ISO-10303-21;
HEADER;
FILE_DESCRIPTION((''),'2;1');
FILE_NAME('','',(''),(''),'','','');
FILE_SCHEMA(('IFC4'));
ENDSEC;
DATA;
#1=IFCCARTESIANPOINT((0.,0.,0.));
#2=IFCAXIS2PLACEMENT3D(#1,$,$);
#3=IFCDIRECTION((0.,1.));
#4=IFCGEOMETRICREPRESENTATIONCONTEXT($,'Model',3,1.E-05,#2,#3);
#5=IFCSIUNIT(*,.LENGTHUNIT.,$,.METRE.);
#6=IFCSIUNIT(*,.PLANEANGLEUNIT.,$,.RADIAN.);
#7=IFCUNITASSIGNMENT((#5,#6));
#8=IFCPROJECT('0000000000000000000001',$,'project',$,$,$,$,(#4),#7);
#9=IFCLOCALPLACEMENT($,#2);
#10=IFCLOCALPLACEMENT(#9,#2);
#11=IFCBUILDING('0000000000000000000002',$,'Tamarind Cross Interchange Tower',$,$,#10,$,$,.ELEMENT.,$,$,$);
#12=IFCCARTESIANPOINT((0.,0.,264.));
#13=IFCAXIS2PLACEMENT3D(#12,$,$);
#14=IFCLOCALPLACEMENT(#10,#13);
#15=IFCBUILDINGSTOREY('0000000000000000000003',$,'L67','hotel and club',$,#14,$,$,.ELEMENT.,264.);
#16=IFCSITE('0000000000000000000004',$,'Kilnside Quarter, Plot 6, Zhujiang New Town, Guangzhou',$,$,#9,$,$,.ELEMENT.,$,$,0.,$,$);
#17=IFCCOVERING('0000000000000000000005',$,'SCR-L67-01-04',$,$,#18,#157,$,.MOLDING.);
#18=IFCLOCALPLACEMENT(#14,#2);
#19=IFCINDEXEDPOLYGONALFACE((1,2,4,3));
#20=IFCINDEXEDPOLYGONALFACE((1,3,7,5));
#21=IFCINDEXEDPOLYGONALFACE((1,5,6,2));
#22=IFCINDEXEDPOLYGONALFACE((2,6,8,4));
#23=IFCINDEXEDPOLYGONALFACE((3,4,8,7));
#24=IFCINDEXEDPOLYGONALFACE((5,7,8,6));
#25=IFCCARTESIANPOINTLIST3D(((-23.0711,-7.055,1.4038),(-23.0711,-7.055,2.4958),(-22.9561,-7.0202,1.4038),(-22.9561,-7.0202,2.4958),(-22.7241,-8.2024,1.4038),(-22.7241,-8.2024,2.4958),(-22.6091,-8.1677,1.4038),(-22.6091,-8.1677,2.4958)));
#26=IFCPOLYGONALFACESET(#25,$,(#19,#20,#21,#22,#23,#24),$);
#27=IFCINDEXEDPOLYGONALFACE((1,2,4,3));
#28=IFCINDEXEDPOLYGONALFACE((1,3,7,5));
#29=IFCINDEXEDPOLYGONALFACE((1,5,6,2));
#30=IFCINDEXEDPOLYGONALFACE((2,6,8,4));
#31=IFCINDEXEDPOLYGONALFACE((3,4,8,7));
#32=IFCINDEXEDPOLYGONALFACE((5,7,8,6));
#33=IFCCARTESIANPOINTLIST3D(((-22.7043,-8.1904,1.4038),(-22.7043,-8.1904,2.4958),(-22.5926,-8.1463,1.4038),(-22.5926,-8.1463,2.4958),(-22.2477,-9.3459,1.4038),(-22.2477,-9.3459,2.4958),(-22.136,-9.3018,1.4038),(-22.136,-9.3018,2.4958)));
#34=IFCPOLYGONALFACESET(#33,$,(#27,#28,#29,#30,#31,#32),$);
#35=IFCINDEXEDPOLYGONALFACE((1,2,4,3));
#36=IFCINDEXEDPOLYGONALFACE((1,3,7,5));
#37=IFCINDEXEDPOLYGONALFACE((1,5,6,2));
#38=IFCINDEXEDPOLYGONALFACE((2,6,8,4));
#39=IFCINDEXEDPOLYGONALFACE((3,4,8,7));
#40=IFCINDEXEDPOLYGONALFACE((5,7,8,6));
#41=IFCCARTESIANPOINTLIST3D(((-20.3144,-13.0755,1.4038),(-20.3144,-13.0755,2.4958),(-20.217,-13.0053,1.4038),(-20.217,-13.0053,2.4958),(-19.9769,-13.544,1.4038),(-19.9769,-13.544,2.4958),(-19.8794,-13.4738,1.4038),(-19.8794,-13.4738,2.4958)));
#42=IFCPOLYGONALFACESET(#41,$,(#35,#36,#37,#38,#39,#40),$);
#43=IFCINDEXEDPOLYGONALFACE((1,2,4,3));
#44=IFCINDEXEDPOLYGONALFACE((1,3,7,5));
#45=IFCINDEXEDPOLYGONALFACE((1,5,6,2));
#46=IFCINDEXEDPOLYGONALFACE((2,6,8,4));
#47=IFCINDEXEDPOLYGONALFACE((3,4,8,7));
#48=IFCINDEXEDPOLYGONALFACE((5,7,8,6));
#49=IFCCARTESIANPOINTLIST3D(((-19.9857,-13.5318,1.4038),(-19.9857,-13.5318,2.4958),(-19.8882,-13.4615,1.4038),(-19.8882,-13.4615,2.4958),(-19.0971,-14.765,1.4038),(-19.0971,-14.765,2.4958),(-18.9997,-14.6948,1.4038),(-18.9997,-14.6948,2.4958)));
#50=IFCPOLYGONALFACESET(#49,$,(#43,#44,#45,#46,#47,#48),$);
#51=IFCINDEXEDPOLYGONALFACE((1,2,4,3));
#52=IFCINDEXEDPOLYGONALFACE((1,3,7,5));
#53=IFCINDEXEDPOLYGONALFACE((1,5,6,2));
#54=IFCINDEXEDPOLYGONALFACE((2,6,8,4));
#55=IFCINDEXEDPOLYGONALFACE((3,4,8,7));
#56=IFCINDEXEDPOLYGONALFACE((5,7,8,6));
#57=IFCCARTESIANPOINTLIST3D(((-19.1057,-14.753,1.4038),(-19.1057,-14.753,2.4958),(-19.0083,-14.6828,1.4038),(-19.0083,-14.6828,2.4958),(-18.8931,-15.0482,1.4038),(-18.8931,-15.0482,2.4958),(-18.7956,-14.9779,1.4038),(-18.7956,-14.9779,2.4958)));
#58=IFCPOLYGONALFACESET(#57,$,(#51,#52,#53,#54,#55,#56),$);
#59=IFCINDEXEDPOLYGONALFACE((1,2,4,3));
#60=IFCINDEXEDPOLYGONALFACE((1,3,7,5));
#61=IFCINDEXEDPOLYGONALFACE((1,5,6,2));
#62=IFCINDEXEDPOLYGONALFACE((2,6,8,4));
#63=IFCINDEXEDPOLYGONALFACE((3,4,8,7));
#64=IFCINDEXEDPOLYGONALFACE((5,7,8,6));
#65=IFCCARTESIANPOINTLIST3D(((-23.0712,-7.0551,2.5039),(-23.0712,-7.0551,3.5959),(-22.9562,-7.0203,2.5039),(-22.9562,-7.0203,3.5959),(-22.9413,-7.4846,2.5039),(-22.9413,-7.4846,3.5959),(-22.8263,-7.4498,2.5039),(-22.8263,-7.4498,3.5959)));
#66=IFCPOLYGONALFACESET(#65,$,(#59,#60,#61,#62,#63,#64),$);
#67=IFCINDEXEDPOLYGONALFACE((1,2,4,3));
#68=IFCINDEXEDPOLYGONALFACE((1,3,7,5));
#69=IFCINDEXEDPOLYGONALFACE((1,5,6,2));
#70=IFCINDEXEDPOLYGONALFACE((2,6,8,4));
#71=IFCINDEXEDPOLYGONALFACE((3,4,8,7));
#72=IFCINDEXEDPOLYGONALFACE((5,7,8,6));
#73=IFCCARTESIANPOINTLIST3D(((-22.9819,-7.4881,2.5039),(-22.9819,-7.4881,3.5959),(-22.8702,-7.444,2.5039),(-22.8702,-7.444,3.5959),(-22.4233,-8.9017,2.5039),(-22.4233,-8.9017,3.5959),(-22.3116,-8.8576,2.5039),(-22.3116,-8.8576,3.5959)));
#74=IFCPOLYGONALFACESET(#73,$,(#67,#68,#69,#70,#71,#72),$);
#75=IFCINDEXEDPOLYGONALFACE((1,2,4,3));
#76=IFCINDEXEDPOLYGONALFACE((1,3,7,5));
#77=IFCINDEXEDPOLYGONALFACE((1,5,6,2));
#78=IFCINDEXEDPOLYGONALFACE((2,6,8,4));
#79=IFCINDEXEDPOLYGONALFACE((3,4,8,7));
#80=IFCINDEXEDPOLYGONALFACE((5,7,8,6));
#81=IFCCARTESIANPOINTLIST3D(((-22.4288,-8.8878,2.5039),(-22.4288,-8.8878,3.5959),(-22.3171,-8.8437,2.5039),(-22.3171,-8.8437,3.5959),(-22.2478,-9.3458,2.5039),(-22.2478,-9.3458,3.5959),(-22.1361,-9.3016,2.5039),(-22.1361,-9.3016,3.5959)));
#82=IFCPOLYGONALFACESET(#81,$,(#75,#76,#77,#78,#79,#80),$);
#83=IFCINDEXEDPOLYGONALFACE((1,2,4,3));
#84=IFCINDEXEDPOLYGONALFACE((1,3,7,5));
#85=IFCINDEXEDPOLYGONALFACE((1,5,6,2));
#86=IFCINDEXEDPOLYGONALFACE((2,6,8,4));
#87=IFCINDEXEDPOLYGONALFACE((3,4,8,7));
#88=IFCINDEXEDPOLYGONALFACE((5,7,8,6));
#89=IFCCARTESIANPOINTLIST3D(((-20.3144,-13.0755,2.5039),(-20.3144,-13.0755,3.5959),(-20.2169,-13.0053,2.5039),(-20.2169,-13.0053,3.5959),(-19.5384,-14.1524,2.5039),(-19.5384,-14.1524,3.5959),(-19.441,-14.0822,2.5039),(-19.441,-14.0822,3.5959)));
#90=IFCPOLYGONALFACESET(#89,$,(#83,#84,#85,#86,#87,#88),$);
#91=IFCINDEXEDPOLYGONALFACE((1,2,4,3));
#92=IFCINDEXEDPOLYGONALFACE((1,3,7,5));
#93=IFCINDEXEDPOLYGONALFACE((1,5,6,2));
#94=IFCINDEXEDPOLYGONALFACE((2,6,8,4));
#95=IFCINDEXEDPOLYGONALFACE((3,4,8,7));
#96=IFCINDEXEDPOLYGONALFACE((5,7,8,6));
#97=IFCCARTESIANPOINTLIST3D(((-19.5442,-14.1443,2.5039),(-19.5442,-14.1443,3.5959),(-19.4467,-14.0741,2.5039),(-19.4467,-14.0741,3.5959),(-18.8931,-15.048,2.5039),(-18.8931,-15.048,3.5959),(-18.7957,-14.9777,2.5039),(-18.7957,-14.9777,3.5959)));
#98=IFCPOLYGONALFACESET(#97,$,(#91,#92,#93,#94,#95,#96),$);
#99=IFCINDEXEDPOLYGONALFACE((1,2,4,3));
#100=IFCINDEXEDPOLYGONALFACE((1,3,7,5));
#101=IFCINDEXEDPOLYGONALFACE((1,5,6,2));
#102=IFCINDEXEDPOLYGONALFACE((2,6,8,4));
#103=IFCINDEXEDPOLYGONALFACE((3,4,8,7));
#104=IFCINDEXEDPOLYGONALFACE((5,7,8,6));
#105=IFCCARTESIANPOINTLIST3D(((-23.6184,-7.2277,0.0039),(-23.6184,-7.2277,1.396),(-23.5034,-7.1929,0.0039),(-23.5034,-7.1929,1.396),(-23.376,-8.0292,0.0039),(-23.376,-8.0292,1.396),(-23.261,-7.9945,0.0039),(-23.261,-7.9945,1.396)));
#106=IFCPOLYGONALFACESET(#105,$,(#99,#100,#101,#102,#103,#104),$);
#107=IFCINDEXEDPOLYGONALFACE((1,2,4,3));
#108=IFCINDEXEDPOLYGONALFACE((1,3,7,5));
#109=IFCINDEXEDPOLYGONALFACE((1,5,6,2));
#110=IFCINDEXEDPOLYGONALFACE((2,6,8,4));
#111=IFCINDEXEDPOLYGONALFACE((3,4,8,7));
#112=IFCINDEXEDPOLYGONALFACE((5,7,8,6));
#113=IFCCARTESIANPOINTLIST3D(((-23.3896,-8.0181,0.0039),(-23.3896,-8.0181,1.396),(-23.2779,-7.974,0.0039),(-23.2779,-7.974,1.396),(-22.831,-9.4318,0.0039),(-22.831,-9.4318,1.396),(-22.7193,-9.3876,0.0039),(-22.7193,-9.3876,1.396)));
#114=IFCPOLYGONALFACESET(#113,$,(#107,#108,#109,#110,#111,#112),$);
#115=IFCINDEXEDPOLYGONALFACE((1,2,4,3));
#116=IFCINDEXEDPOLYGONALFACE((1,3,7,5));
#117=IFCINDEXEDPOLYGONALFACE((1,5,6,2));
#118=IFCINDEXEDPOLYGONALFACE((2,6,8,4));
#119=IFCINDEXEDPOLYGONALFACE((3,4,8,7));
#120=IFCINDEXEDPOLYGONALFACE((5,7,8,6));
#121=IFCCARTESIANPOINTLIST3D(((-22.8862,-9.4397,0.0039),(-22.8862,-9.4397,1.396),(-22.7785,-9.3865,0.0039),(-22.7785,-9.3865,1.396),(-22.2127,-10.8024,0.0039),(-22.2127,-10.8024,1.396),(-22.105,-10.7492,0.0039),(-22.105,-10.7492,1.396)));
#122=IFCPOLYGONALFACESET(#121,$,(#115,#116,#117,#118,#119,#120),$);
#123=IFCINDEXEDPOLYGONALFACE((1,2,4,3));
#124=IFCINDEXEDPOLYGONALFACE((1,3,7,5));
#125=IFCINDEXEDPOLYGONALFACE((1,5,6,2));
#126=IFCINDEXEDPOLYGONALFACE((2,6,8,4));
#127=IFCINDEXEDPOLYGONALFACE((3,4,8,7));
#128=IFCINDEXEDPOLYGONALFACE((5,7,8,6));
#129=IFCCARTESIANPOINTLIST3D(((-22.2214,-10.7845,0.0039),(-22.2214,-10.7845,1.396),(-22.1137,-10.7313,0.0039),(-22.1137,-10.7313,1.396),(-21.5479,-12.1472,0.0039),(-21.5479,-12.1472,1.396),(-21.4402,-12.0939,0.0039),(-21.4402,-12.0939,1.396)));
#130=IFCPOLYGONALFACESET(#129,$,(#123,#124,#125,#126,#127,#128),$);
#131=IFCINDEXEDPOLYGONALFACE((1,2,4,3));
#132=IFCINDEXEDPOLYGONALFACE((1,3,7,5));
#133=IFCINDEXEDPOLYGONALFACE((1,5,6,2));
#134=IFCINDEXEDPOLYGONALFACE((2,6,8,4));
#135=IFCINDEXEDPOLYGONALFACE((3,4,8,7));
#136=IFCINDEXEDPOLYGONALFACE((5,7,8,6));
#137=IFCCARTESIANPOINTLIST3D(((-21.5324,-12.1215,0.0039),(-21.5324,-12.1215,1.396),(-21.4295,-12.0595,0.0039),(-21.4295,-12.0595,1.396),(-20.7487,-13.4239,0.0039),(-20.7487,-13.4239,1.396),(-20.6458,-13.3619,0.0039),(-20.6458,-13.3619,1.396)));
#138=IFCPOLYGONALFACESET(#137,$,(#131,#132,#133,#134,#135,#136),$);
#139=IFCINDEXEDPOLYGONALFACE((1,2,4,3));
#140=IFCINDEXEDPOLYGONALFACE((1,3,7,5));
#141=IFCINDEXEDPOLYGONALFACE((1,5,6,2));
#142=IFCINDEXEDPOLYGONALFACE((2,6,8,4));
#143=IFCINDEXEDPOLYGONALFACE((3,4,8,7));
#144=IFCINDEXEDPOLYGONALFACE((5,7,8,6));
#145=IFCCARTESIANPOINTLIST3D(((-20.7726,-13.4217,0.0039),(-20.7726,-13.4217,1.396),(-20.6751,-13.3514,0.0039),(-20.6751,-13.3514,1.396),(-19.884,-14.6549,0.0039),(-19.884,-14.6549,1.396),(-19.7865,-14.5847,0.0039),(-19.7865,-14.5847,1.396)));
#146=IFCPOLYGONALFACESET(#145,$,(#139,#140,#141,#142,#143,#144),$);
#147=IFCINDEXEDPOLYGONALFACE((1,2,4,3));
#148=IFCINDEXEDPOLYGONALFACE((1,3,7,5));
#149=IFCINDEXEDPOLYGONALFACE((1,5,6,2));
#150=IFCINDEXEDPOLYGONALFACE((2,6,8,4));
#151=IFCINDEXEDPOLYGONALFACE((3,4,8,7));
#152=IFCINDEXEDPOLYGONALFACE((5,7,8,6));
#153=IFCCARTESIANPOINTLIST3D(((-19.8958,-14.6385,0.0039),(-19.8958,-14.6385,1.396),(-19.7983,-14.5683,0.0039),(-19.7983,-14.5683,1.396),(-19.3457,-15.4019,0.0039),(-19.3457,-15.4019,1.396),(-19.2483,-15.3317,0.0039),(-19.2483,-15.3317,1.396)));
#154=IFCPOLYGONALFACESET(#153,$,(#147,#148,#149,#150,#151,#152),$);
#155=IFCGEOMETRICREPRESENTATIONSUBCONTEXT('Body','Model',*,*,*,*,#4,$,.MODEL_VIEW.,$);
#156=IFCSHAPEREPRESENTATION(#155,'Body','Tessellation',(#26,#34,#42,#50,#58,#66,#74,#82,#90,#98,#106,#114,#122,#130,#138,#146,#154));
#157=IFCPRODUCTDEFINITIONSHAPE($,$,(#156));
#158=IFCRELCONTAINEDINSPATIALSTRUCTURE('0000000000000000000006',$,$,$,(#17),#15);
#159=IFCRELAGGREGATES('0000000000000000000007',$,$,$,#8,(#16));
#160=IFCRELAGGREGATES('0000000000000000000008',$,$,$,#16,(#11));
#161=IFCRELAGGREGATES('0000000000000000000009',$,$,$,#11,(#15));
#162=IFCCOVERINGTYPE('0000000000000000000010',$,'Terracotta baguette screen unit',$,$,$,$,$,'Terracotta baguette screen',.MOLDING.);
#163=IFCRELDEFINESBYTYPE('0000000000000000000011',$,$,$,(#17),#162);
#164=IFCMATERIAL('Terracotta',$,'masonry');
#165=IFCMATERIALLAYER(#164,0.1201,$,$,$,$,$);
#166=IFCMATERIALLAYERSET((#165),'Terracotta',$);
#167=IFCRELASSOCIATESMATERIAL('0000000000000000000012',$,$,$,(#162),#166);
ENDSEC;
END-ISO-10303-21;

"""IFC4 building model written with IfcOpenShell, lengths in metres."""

from ifc_helpers import new_model, si_unit, direction, frame, origin, origin_2d, place, context, subcontext, project, spatial, rectangle, extrude, material, layer, layer_set, type_object, element, save


model = new_model("IFC4")

# Units and contexts
model_context = context("Model", 3, precision=1e-05, world=origin(), true_north=direction((0.0, 1.0)))
body_context = subcontext(model_context, "Body", "Model", "MODEL_VIEW")
ifc_project = project(units=[si_unit("LENGTHUNIT", "METRE"), si_unit("PLANEANGLEUNIT", "RADIAN")], contexts=[model_context])

# Site, building, storey
site_placement = place(None, origin())
site = spatial("IfcSite", under=ifc_project, at=site_placement, Name="Kilnside Quarter, Plot 6, Zhujiang New Town, Guangzhou", CompositionType="ELEMENT", RefElevation=0.0)
building_placement = place(site_placement, origin())
building = spatial("IfcBuilding", under=site, at=building_placement, Name="Tamarind Cross Interchange Tower", CompositionType="ELEMENT")
storey_placement = place(building_placement, frame((0.0, 0.0, 264.0)))
storey = spatial("IfcBuildingStorey", under=building, at=storey_placement, Name="L67", Description="hotel and club", CompositionType="ELEMENT", Elevation=264.0)

# Covering
ifc_material_1 = material(Name="Terracotta", Category="masonry")
ifc_layer_1 = layer(ifc_material_1, 0.1201)
ifc_layer_set_1 = layer_set([ifc_layer_1], Name="Terracotta")
covering_type = type_object("IfcCoveringType", Name="Terracotta baguette screen unit", ElementType="Terracotta baguette screen", PredefinedType="MOLDING", material=ifc_layer_set_1)
covering_1_placement = place(storey_placement, origin())
element("IfcCovering", 1, at=covering_1_placement, inside=storey, type_object=covering_type, Name="SCR-L67-01-04", PredefinedType="MOLDING", context=body_context, shape_type="SweptSolid", body=[
    extrude(rectangle(XDim=1.1987, YDim=0.1201, at=origin_2d()), frame((-22.8401, -7.6113, 1.4038), z_axis=(0.0, 0.0, 1.0), x_axis=(0.289458, -0.957191, 0.0)), (0.0, 0.0, 1.0), 1.092),
    extrude(rectangle(XDim=1.2424, YDim=0.1201, at=origin_2d()), frame((-22.4202, -8.7461, 1.4038), z_axis=(0.0, 0.0, 1.0), x_axis=(0.367514, -0.930018, 0.0)), (0.0, 0.0, 1.0), 1.092),
    extrude(rectangle(XDim=0.5774, YDim=0.1201, at=origin_2d()), frame((-20.0969, -13.2747, 1.4038), z_axis=(0.0, 0.0, 1.0), x_axis=(0.584574, -0.81134, 0.0)), (0.0, 0.0, 1.0), 1.092),
    extrude(rectangle(XDim=1.52, YDim=0.1201, at=origin_2d()), frame((-19.4927, -14.1133, 1.4038), z_axis=(0.0, 0.0, 1.0), x_axis=(0.584574, -0.81134, 0.0)), (0.0, 0.0, 1.0), 1.092),
    extrude(rectangle(XDim=0.3638, YDim=0.1201, at=origin_2d()), frame((-18.9507, -14.8655, 1.4038), z_axis=(0.0, 0.0, 1.0), x_axis=(0.584574, -0.81134, 0.0)), (0.0, 0.0, 1.0), 1.092),
    extrude(rectangle(XDim=0.4487, YDim=0.1201, at=origin_2d()), frame((-22.9487, -7.2524, 2.5039), z_axis=(0.0, 0.0, 1.0), x_axis=(0.289458, -0.957191, 0.0)), (0.0, 0.0, 1.0), 1.092),
    extrude(rectangle(XDim=1.52, YDim=0.1201, at=origin_2d()), frame((-22.6467, -8.1729, 2.5039), z_axis=(0.0, 0.0, 1.0), x_axis=(0.367514, -0.930018, 0.0)), (0.0, 0.0, 1.0), 1.092),
    extrude(rectangle(XDim=0.4924, YDim=0.1201, at=origin_2d()), frame((-22.2825, -9.0947, 2.5039), z_axis=(0.0, 0.0, 1.0), x_axis=(0.367514, -0.930018, 0.0)), (0.0, 0.0, 1.0), 1.092),
    extrude(rectangle(XDim=1.3274, YDim=0.1201, at=origin_2d()), frame((-19.8777, -13.5789, 2.5039), z_axis=(0.0, 0.0, 1.0), x_axis=(0.584574, -0.81134, 0.0)), (0.0, 0.0, 1.0), 1.092),
    extrude(rectangle(XDim=1.1138, YDim=0.1201, at=origin_2d()), frame((-19.1699, -14.561, 2.5039), z_axis=(0.0, 0.0, 1.0), x_axis=(0.584574, -0.81134, 0.0)), (0.0, 0.0, 1.0), 1.092),
    extrude(rectangle(XDim=0.8374, YDim=0.1201, at=origin_2d()), frame((-23.4397, -7.6111, 0.0039), z_axis=(0.0, 0.0, 1.0), x_axis=(0.289458, -0.957191, 0.0)), (0.0, 0.0, 1.0), 1.3921),
    extrude(rectangle(XDim=1.52, YDim=0.1201, at=origin_2d()), frame((-23.0544, -8.7029, 0.0039), z_axis=(0.0, 0.0, 1.0), x_axis=(0.367514, -0.930018, 0.0)), (0.0, 0.0, 1.0), 1.3921),
    extrude(rectangle(XDim=1.52, YDim=0.1201, at=origin_2d()), frame((-22.4956, -10.0945, 0.0039), z_axis=(0.0, 0.0, 1.0), x_axis=(0.443059, -0.896493, 0.0)), (0.0, 0.0, 1.0), 1.3921),
    extrude(rectangle(XDim=1.52, YDim=0.1201, at=origin_2d()), frame((-21.8308, -11.4392, 0.0039), z_axis=(0.0, 0.0, 1.0), x_axis=(0.443059, -0.896493, 0.0)), (0.0, 0.0, 1.0), 1.3921),
    extrude(rectangle(XDim=1.52, YDim=0.1201, at=origin_2d()), frame((-21.0891, -12.7417, 0.0039), z_axis=(0.0, 0.0, 1.0), x_axis=(0.515577, -0.856843, 0.0)), (0.0, 0.0, 1.0), 1.3921),
    extrude(rectangle(XDim=1.52, YDim=0.1201, at=origin_2d()), frame((-20.2795, -14.0032, 0.0039), z_axis=(0.0, 0.0, 1.0), x_axis=(0.584574, -0.81134, 0.0)), (0.0, 0.0, 1.0), 1.3921),
    extrude(rectangle(XDim=0.9409, YDim=0.1201, at=origin_2d()), frame((-19.572, -14.9851, 0.0039), z_axis=(0.0, 0.0, 1.0), x_axis=(0.584574, -0.81134, 0.0)), (0.0, 0.0, 1.0), 1.3921),
])

save(model, "model.ifc")
